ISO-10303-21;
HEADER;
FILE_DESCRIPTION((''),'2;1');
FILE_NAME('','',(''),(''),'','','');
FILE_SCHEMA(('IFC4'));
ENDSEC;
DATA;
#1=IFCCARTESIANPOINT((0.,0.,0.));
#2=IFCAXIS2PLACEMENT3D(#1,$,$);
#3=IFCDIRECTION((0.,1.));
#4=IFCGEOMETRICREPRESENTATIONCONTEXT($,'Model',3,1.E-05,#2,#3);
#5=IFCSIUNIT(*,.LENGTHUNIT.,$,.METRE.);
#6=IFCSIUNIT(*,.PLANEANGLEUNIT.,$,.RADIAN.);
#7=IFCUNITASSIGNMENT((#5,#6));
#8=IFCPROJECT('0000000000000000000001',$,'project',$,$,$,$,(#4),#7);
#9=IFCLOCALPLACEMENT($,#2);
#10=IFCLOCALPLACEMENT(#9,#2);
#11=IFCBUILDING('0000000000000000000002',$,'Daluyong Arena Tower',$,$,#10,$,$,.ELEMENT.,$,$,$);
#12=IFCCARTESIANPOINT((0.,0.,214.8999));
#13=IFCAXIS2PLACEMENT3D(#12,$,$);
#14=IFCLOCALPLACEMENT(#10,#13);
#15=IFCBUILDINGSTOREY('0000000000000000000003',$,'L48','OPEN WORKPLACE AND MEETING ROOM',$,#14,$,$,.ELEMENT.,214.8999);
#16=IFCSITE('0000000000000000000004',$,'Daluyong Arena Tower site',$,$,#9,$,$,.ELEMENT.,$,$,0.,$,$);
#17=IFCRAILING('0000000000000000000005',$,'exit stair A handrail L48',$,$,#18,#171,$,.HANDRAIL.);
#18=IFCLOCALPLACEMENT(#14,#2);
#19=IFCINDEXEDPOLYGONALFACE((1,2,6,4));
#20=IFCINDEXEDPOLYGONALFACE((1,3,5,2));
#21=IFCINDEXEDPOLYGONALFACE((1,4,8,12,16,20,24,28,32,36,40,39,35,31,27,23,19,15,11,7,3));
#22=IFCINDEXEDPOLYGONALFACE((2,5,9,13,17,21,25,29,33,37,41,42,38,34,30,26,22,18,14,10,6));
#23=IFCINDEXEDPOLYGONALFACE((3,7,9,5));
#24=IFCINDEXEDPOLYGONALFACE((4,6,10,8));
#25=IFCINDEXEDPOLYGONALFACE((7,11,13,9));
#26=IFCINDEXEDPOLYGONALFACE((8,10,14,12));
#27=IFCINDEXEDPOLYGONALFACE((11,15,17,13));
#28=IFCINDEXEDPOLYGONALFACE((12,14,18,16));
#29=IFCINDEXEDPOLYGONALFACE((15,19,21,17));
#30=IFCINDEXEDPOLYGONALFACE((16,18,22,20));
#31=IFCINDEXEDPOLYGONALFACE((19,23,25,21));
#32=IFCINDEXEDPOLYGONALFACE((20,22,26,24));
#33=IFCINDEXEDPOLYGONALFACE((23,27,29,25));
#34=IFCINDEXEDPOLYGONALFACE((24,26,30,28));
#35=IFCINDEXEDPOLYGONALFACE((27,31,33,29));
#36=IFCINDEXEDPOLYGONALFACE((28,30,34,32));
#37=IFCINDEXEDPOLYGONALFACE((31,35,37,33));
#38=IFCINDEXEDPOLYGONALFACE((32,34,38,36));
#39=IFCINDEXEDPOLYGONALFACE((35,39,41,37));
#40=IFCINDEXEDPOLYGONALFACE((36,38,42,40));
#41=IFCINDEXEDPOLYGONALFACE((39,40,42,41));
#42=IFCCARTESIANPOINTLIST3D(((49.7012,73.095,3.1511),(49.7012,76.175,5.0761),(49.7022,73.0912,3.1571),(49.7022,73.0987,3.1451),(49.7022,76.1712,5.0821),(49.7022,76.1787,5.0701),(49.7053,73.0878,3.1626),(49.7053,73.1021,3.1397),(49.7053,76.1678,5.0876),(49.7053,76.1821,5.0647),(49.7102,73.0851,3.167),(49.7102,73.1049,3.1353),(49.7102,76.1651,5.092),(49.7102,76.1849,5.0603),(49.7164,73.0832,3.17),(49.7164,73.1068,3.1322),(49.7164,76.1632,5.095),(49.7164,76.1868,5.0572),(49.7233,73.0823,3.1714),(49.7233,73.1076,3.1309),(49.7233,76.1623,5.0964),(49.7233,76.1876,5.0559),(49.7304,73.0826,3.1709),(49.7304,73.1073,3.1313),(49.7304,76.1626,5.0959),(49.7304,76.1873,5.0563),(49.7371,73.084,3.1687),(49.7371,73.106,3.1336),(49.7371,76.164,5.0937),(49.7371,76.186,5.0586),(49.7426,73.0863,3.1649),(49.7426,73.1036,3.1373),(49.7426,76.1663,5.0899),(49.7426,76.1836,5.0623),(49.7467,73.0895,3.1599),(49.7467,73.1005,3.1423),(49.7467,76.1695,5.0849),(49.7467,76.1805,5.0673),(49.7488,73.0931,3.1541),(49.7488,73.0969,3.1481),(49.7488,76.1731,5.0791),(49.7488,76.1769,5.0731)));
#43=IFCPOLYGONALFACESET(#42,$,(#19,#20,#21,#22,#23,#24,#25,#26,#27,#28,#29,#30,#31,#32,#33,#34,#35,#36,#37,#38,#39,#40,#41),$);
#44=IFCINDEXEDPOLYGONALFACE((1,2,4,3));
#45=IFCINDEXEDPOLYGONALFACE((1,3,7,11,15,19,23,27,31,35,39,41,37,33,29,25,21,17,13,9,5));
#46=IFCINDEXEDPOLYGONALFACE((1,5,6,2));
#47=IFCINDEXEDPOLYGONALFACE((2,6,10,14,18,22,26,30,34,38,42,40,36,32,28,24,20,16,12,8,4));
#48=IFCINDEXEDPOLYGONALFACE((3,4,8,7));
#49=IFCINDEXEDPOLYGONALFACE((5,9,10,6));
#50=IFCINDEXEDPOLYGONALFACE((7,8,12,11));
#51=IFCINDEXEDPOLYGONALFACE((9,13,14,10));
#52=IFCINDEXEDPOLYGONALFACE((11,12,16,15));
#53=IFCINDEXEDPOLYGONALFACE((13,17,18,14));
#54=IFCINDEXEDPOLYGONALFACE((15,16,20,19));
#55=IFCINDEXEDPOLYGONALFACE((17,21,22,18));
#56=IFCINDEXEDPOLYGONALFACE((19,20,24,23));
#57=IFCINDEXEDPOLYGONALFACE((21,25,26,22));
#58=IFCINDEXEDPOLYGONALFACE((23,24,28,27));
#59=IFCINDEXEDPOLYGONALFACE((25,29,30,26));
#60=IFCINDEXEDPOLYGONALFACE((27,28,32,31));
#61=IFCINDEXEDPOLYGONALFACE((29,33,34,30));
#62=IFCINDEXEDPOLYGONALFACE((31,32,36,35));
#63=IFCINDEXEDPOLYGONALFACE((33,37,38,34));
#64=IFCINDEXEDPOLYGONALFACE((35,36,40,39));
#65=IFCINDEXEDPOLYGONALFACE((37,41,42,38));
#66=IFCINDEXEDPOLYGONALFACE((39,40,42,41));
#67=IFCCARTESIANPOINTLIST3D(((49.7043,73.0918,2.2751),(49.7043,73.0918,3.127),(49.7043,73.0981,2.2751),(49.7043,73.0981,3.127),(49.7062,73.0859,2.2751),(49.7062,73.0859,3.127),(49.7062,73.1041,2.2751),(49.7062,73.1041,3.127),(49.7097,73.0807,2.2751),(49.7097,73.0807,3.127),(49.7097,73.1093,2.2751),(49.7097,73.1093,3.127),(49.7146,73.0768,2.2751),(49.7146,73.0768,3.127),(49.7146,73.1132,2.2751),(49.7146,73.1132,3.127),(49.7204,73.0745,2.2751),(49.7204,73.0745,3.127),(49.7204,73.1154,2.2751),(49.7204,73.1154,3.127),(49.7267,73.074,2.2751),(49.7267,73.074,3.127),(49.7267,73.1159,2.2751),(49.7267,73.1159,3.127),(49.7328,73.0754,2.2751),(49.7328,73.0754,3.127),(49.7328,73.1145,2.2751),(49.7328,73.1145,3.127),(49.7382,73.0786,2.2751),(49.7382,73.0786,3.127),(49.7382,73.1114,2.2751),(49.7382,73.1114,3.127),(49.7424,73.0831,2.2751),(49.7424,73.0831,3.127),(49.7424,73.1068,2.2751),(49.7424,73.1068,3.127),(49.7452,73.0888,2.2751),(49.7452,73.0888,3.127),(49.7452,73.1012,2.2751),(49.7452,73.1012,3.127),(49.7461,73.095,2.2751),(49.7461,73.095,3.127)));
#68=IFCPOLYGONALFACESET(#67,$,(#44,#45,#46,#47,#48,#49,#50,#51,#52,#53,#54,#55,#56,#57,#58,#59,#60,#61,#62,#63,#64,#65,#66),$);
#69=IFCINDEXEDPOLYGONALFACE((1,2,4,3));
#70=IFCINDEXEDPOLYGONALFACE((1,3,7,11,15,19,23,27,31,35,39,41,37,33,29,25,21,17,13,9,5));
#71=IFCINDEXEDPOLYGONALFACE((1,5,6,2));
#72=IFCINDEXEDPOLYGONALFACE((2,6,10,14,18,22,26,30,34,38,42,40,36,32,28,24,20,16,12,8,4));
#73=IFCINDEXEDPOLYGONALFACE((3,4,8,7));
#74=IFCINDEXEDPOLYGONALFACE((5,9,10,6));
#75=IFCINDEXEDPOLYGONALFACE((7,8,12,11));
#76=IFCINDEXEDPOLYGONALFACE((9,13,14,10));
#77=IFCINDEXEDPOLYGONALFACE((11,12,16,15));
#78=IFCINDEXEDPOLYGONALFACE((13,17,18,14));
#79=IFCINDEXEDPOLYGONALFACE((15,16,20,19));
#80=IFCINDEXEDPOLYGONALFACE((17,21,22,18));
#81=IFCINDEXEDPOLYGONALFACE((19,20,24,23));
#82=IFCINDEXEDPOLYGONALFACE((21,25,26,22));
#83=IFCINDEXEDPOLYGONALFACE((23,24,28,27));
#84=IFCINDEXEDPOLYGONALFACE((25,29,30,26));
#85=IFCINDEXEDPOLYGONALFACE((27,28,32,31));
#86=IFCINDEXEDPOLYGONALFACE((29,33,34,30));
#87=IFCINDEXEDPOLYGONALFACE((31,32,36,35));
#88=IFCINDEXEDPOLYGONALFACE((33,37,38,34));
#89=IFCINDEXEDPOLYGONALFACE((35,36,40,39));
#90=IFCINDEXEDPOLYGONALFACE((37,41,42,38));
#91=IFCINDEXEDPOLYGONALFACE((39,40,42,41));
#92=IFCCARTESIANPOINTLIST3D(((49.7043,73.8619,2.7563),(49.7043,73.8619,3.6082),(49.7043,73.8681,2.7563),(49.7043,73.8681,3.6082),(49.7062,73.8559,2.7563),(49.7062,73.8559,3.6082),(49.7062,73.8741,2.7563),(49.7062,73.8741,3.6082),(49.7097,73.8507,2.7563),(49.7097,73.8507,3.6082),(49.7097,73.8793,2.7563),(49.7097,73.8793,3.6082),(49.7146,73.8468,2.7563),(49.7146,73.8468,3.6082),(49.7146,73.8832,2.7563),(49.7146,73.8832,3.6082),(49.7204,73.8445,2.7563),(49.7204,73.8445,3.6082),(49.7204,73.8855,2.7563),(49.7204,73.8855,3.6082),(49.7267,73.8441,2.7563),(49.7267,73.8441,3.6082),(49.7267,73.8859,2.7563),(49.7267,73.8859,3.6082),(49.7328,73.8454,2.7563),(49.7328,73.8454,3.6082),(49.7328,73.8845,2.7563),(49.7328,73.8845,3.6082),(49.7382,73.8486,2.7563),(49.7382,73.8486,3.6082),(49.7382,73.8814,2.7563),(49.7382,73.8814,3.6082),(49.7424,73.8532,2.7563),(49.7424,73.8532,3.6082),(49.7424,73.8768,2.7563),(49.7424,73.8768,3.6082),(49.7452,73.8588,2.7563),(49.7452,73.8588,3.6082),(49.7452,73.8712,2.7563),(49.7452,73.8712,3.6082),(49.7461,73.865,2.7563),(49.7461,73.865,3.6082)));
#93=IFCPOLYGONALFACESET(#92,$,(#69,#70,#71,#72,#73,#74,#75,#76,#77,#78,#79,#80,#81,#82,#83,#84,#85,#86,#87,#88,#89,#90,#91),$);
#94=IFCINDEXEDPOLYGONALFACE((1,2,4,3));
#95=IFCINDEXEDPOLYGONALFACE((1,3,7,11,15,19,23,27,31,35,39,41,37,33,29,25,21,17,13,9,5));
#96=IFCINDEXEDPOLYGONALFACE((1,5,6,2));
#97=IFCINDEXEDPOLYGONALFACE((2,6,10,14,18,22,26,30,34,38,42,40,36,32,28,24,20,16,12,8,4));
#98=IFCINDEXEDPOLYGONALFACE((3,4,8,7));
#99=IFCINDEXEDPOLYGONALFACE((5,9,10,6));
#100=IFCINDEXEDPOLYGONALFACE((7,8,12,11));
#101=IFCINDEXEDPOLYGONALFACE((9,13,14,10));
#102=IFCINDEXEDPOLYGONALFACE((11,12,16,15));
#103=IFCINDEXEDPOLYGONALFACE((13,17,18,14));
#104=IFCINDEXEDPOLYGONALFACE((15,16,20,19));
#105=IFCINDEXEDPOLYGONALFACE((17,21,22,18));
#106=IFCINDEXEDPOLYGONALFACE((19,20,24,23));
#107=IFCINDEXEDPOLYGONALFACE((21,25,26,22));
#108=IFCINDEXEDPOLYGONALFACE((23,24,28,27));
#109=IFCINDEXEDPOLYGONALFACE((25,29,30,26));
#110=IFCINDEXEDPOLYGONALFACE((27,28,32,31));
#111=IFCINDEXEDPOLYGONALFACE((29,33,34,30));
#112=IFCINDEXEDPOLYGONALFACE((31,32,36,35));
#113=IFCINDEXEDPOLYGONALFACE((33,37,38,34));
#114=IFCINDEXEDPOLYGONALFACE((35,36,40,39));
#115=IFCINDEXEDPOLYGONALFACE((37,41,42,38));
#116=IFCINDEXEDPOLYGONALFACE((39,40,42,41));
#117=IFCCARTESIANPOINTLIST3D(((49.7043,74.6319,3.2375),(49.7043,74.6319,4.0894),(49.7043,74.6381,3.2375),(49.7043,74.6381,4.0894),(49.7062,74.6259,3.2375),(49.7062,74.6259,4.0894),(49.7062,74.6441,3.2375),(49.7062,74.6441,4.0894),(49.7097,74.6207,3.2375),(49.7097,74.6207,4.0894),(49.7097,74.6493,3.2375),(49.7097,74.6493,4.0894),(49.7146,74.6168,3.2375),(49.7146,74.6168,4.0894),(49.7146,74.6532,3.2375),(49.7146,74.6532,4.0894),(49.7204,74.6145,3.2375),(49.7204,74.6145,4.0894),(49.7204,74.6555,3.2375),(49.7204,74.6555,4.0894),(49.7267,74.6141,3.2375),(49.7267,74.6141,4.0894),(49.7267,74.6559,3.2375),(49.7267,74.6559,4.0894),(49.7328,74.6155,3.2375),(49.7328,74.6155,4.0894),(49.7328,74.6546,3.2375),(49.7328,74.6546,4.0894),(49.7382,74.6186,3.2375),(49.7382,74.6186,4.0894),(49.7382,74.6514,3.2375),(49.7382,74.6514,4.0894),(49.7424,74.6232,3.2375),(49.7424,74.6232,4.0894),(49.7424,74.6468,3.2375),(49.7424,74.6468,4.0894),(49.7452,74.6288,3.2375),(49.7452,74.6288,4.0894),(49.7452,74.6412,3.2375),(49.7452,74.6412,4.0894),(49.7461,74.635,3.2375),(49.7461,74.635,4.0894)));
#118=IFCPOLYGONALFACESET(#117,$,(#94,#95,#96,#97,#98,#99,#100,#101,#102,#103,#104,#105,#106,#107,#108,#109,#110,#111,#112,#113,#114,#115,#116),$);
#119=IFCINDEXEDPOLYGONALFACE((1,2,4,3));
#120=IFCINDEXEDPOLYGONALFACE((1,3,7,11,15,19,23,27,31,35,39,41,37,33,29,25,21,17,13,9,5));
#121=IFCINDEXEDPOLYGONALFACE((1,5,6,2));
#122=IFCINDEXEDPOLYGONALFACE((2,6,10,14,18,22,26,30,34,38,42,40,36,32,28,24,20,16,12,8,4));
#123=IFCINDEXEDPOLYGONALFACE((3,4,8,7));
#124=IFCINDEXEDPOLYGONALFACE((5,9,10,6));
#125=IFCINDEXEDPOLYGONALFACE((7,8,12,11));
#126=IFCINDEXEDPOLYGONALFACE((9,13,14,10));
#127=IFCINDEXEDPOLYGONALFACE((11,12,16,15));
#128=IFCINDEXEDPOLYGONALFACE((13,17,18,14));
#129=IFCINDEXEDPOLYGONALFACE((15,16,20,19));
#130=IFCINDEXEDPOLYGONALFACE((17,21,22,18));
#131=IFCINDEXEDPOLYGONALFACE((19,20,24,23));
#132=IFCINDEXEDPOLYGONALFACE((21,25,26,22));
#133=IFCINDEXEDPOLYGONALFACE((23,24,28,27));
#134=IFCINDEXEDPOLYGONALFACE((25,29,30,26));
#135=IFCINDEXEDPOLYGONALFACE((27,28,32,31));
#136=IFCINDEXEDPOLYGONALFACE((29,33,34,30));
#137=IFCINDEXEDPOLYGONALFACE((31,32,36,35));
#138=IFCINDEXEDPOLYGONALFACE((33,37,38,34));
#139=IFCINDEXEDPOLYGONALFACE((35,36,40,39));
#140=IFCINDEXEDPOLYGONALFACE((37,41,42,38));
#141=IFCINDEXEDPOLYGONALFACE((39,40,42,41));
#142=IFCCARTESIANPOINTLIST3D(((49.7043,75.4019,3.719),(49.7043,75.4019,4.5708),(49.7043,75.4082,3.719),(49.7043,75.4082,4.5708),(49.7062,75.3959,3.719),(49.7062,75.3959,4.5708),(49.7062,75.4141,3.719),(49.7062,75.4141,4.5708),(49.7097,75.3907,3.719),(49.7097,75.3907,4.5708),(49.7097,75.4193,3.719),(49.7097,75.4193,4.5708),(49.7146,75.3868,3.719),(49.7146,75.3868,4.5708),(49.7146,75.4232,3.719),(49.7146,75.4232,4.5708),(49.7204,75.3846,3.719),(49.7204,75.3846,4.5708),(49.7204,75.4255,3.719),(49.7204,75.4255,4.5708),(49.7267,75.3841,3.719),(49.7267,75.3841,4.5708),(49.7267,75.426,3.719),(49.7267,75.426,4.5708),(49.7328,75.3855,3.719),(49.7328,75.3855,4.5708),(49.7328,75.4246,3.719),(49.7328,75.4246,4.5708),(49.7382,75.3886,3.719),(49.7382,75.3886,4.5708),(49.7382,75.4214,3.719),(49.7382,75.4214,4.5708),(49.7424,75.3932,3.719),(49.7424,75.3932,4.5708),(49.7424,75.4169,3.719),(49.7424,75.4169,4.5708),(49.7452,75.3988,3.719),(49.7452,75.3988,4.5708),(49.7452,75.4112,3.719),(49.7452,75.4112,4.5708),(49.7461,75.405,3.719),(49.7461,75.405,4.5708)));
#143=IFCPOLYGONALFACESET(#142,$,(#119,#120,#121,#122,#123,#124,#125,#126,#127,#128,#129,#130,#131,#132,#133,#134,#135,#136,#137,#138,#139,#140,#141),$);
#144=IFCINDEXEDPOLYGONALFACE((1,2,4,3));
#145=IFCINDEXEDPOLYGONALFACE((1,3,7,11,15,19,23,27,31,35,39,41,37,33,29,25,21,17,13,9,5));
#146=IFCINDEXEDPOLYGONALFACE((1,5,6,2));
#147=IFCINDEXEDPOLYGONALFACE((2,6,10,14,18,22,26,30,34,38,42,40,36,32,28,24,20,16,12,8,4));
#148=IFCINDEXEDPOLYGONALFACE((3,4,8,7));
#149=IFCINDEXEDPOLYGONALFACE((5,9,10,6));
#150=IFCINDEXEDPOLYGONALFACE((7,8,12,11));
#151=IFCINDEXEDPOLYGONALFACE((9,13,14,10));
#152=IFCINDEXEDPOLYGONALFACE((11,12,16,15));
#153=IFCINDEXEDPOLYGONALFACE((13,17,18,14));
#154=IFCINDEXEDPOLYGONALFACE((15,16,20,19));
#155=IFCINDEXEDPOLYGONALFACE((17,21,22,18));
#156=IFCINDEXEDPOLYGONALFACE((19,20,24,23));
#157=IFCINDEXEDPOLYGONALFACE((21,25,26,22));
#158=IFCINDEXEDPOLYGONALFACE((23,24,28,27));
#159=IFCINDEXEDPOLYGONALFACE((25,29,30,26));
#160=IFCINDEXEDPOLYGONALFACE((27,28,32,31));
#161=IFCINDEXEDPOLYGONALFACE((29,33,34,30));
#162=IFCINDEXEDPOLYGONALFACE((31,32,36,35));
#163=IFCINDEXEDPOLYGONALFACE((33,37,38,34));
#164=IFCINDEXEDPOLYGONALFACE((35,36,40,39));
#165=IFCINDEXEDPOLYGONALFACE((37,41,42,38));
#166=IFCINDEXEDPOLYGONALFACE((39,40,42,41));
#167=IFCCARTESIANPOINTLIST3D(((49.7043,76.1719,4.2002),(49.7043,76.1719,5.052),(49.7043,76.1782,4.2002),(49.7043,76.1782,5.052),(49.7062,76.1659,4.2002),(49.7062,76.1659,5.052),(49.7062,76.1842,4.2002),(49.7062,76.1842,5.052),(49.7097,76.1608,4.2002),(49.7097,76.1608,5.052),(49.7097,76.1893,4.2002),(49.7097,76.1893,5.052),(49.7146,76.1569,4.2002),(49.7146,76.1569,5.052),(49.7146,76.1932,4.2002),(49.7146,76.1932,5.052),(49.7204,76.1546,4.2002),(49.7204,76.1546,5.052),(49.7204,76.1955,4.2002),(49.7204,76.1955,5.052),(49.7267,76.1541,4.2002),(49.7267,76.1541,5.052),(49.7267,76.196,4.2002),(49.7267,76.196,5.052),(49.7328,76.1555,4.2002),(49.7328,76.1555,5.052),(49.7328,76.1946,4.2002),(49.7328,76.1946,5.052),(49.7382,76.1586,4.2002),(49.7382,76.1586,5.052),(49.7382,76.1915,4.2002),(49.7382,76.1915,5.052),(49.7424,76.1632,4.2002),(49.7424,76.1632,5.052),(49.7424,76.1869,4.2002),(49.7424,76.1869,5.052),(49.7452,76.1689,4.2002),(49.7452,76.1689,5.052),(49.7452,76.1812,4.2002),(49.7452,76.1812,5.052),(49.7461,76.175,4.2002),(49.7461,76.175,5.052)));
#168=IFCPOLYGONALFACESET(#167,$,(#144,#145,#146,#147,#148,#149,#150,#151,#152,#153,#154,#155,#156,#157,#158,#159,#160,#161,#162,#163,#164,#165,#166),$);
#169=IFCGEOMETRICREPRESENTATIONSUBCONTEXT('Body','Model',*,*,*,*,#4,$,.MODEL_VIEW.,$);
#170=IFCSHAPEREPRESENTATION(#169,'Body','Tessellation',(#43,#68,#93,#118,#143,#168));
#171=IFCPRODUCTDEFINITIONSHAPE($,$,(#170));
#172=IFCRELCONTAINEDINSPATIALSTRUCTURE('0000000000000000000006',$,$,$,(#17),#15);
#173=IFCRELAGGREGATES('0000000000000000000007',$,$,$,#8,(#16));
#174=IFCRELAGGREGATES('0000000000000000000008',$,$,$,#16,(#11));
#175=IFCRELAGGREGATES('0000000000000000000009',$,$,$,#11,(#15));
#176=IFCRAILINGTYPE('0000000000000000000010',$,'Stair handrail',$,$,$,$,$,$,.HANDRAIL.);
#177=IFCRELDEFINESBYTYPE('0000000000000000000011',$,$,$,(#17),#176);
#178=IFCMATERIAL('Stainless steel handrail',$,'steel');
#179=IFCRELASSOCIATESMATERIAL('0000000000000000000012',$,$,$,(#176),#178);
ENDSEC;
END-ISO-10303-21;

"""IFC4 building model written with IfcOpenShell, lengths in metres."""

from ifc_helpers import new_model, si_unit, direction, frame, origin, origin_2d, place, context, subcontext, project, spatial, circle, extrude, material, type_object, element, save


model = new_model("IFC4")

# Units and contexts
model_context = context("Model", 3, precision=1e-05, world=origin(), true_north=direction((0.0, 1.0)))
body_context = subcontext(model_context, "Body", "Model", "MODEL_VIEW")
ifc_project = project(units=[si_unit("LENGTHUNIT", "METRE"), si_unit("PLANEANGLEUNIT", "RADIAN")], contexts=[model_context])

# Site, building, storey
site_placement = place(None, origin())
site = spatial("IfcSite", under=ifc_project, at=site_placement, Name="Daluyong Arena Tower site", CompositionType="ELEMENT", RefElevation=0.0)
building_placement = place(site_placement, origin())
building = spatial("IfcBuilding", under=site, at=building_placement, Name="Daluyong Arena Tower", CompositionType="ELEMENT")
storey_placement = place(building_placement, frame((0.0, 0.0, 214.8999)))
storey = spatial("IfcBuildingStorey", under=building, at=storey_placement, Name="L48", Description="OPEN WORKPLACE AND MEETING ROOM", CompositionType="ELEMENT", Elevation=214.8999)

# Railing
ifc_material_1 = material(Name="Stainless steel handrail", Category="steel")
railing_type_1 = type_object("IfcRailingType", Name="Stair handrail", PredefinedType="HANDRAIL", material=ifc_material_1)
railing_1_placement = place(storey_placement, frame((49.7251, 73.095, 2.2751)))
element("IfcRailing", 1, at=railing_1_placement, inside=storey, type_object=railing_type_1, Name="exit stair A handrail L48", PredefinedType="HANDRAIL", context=body_context, shape_type="SweptSolid", body=[
    extrude(circle(Radius=0.0239, at=origin_2d()), frame((0.0, 0.0, 0.876), z_axis=(0.0, 0.847998, 0.529999), x_axis=(-1.0, 0.0, 0.0)), (0.0, 0.0, 1.0), 3.6321),
    extrude(circle(Radius=0.021, at=origin_2d()), origin(), (0.0, 0.0, 1.0), 0.8518),
    extrude(circle(Radius=0.021, at=origin_2d()), frame((0.0, 0.77, 0.4812)), (0.0, 0.0, 1.0), 0.8518),
    extrude(circle(Radius=0.021, at=origin_2d()), frame((0.0, 1.54, 0.9624)), (0.0, 0.0, 1.0), 0.8518),
    extrude(circle(Radius=0.021, at=origin_2d()), frame((0.0, 2.3101, 1.4438)), (0.0, 0.0, 1.0), 0.8518),
    extrude(circle(Radius=0.021, at=origin_2d()), frame((0.0, 3.0801, 1.925)), (0.0, 0.0, 1.0), 0.8518),
])

save(model, "model.ifc")
